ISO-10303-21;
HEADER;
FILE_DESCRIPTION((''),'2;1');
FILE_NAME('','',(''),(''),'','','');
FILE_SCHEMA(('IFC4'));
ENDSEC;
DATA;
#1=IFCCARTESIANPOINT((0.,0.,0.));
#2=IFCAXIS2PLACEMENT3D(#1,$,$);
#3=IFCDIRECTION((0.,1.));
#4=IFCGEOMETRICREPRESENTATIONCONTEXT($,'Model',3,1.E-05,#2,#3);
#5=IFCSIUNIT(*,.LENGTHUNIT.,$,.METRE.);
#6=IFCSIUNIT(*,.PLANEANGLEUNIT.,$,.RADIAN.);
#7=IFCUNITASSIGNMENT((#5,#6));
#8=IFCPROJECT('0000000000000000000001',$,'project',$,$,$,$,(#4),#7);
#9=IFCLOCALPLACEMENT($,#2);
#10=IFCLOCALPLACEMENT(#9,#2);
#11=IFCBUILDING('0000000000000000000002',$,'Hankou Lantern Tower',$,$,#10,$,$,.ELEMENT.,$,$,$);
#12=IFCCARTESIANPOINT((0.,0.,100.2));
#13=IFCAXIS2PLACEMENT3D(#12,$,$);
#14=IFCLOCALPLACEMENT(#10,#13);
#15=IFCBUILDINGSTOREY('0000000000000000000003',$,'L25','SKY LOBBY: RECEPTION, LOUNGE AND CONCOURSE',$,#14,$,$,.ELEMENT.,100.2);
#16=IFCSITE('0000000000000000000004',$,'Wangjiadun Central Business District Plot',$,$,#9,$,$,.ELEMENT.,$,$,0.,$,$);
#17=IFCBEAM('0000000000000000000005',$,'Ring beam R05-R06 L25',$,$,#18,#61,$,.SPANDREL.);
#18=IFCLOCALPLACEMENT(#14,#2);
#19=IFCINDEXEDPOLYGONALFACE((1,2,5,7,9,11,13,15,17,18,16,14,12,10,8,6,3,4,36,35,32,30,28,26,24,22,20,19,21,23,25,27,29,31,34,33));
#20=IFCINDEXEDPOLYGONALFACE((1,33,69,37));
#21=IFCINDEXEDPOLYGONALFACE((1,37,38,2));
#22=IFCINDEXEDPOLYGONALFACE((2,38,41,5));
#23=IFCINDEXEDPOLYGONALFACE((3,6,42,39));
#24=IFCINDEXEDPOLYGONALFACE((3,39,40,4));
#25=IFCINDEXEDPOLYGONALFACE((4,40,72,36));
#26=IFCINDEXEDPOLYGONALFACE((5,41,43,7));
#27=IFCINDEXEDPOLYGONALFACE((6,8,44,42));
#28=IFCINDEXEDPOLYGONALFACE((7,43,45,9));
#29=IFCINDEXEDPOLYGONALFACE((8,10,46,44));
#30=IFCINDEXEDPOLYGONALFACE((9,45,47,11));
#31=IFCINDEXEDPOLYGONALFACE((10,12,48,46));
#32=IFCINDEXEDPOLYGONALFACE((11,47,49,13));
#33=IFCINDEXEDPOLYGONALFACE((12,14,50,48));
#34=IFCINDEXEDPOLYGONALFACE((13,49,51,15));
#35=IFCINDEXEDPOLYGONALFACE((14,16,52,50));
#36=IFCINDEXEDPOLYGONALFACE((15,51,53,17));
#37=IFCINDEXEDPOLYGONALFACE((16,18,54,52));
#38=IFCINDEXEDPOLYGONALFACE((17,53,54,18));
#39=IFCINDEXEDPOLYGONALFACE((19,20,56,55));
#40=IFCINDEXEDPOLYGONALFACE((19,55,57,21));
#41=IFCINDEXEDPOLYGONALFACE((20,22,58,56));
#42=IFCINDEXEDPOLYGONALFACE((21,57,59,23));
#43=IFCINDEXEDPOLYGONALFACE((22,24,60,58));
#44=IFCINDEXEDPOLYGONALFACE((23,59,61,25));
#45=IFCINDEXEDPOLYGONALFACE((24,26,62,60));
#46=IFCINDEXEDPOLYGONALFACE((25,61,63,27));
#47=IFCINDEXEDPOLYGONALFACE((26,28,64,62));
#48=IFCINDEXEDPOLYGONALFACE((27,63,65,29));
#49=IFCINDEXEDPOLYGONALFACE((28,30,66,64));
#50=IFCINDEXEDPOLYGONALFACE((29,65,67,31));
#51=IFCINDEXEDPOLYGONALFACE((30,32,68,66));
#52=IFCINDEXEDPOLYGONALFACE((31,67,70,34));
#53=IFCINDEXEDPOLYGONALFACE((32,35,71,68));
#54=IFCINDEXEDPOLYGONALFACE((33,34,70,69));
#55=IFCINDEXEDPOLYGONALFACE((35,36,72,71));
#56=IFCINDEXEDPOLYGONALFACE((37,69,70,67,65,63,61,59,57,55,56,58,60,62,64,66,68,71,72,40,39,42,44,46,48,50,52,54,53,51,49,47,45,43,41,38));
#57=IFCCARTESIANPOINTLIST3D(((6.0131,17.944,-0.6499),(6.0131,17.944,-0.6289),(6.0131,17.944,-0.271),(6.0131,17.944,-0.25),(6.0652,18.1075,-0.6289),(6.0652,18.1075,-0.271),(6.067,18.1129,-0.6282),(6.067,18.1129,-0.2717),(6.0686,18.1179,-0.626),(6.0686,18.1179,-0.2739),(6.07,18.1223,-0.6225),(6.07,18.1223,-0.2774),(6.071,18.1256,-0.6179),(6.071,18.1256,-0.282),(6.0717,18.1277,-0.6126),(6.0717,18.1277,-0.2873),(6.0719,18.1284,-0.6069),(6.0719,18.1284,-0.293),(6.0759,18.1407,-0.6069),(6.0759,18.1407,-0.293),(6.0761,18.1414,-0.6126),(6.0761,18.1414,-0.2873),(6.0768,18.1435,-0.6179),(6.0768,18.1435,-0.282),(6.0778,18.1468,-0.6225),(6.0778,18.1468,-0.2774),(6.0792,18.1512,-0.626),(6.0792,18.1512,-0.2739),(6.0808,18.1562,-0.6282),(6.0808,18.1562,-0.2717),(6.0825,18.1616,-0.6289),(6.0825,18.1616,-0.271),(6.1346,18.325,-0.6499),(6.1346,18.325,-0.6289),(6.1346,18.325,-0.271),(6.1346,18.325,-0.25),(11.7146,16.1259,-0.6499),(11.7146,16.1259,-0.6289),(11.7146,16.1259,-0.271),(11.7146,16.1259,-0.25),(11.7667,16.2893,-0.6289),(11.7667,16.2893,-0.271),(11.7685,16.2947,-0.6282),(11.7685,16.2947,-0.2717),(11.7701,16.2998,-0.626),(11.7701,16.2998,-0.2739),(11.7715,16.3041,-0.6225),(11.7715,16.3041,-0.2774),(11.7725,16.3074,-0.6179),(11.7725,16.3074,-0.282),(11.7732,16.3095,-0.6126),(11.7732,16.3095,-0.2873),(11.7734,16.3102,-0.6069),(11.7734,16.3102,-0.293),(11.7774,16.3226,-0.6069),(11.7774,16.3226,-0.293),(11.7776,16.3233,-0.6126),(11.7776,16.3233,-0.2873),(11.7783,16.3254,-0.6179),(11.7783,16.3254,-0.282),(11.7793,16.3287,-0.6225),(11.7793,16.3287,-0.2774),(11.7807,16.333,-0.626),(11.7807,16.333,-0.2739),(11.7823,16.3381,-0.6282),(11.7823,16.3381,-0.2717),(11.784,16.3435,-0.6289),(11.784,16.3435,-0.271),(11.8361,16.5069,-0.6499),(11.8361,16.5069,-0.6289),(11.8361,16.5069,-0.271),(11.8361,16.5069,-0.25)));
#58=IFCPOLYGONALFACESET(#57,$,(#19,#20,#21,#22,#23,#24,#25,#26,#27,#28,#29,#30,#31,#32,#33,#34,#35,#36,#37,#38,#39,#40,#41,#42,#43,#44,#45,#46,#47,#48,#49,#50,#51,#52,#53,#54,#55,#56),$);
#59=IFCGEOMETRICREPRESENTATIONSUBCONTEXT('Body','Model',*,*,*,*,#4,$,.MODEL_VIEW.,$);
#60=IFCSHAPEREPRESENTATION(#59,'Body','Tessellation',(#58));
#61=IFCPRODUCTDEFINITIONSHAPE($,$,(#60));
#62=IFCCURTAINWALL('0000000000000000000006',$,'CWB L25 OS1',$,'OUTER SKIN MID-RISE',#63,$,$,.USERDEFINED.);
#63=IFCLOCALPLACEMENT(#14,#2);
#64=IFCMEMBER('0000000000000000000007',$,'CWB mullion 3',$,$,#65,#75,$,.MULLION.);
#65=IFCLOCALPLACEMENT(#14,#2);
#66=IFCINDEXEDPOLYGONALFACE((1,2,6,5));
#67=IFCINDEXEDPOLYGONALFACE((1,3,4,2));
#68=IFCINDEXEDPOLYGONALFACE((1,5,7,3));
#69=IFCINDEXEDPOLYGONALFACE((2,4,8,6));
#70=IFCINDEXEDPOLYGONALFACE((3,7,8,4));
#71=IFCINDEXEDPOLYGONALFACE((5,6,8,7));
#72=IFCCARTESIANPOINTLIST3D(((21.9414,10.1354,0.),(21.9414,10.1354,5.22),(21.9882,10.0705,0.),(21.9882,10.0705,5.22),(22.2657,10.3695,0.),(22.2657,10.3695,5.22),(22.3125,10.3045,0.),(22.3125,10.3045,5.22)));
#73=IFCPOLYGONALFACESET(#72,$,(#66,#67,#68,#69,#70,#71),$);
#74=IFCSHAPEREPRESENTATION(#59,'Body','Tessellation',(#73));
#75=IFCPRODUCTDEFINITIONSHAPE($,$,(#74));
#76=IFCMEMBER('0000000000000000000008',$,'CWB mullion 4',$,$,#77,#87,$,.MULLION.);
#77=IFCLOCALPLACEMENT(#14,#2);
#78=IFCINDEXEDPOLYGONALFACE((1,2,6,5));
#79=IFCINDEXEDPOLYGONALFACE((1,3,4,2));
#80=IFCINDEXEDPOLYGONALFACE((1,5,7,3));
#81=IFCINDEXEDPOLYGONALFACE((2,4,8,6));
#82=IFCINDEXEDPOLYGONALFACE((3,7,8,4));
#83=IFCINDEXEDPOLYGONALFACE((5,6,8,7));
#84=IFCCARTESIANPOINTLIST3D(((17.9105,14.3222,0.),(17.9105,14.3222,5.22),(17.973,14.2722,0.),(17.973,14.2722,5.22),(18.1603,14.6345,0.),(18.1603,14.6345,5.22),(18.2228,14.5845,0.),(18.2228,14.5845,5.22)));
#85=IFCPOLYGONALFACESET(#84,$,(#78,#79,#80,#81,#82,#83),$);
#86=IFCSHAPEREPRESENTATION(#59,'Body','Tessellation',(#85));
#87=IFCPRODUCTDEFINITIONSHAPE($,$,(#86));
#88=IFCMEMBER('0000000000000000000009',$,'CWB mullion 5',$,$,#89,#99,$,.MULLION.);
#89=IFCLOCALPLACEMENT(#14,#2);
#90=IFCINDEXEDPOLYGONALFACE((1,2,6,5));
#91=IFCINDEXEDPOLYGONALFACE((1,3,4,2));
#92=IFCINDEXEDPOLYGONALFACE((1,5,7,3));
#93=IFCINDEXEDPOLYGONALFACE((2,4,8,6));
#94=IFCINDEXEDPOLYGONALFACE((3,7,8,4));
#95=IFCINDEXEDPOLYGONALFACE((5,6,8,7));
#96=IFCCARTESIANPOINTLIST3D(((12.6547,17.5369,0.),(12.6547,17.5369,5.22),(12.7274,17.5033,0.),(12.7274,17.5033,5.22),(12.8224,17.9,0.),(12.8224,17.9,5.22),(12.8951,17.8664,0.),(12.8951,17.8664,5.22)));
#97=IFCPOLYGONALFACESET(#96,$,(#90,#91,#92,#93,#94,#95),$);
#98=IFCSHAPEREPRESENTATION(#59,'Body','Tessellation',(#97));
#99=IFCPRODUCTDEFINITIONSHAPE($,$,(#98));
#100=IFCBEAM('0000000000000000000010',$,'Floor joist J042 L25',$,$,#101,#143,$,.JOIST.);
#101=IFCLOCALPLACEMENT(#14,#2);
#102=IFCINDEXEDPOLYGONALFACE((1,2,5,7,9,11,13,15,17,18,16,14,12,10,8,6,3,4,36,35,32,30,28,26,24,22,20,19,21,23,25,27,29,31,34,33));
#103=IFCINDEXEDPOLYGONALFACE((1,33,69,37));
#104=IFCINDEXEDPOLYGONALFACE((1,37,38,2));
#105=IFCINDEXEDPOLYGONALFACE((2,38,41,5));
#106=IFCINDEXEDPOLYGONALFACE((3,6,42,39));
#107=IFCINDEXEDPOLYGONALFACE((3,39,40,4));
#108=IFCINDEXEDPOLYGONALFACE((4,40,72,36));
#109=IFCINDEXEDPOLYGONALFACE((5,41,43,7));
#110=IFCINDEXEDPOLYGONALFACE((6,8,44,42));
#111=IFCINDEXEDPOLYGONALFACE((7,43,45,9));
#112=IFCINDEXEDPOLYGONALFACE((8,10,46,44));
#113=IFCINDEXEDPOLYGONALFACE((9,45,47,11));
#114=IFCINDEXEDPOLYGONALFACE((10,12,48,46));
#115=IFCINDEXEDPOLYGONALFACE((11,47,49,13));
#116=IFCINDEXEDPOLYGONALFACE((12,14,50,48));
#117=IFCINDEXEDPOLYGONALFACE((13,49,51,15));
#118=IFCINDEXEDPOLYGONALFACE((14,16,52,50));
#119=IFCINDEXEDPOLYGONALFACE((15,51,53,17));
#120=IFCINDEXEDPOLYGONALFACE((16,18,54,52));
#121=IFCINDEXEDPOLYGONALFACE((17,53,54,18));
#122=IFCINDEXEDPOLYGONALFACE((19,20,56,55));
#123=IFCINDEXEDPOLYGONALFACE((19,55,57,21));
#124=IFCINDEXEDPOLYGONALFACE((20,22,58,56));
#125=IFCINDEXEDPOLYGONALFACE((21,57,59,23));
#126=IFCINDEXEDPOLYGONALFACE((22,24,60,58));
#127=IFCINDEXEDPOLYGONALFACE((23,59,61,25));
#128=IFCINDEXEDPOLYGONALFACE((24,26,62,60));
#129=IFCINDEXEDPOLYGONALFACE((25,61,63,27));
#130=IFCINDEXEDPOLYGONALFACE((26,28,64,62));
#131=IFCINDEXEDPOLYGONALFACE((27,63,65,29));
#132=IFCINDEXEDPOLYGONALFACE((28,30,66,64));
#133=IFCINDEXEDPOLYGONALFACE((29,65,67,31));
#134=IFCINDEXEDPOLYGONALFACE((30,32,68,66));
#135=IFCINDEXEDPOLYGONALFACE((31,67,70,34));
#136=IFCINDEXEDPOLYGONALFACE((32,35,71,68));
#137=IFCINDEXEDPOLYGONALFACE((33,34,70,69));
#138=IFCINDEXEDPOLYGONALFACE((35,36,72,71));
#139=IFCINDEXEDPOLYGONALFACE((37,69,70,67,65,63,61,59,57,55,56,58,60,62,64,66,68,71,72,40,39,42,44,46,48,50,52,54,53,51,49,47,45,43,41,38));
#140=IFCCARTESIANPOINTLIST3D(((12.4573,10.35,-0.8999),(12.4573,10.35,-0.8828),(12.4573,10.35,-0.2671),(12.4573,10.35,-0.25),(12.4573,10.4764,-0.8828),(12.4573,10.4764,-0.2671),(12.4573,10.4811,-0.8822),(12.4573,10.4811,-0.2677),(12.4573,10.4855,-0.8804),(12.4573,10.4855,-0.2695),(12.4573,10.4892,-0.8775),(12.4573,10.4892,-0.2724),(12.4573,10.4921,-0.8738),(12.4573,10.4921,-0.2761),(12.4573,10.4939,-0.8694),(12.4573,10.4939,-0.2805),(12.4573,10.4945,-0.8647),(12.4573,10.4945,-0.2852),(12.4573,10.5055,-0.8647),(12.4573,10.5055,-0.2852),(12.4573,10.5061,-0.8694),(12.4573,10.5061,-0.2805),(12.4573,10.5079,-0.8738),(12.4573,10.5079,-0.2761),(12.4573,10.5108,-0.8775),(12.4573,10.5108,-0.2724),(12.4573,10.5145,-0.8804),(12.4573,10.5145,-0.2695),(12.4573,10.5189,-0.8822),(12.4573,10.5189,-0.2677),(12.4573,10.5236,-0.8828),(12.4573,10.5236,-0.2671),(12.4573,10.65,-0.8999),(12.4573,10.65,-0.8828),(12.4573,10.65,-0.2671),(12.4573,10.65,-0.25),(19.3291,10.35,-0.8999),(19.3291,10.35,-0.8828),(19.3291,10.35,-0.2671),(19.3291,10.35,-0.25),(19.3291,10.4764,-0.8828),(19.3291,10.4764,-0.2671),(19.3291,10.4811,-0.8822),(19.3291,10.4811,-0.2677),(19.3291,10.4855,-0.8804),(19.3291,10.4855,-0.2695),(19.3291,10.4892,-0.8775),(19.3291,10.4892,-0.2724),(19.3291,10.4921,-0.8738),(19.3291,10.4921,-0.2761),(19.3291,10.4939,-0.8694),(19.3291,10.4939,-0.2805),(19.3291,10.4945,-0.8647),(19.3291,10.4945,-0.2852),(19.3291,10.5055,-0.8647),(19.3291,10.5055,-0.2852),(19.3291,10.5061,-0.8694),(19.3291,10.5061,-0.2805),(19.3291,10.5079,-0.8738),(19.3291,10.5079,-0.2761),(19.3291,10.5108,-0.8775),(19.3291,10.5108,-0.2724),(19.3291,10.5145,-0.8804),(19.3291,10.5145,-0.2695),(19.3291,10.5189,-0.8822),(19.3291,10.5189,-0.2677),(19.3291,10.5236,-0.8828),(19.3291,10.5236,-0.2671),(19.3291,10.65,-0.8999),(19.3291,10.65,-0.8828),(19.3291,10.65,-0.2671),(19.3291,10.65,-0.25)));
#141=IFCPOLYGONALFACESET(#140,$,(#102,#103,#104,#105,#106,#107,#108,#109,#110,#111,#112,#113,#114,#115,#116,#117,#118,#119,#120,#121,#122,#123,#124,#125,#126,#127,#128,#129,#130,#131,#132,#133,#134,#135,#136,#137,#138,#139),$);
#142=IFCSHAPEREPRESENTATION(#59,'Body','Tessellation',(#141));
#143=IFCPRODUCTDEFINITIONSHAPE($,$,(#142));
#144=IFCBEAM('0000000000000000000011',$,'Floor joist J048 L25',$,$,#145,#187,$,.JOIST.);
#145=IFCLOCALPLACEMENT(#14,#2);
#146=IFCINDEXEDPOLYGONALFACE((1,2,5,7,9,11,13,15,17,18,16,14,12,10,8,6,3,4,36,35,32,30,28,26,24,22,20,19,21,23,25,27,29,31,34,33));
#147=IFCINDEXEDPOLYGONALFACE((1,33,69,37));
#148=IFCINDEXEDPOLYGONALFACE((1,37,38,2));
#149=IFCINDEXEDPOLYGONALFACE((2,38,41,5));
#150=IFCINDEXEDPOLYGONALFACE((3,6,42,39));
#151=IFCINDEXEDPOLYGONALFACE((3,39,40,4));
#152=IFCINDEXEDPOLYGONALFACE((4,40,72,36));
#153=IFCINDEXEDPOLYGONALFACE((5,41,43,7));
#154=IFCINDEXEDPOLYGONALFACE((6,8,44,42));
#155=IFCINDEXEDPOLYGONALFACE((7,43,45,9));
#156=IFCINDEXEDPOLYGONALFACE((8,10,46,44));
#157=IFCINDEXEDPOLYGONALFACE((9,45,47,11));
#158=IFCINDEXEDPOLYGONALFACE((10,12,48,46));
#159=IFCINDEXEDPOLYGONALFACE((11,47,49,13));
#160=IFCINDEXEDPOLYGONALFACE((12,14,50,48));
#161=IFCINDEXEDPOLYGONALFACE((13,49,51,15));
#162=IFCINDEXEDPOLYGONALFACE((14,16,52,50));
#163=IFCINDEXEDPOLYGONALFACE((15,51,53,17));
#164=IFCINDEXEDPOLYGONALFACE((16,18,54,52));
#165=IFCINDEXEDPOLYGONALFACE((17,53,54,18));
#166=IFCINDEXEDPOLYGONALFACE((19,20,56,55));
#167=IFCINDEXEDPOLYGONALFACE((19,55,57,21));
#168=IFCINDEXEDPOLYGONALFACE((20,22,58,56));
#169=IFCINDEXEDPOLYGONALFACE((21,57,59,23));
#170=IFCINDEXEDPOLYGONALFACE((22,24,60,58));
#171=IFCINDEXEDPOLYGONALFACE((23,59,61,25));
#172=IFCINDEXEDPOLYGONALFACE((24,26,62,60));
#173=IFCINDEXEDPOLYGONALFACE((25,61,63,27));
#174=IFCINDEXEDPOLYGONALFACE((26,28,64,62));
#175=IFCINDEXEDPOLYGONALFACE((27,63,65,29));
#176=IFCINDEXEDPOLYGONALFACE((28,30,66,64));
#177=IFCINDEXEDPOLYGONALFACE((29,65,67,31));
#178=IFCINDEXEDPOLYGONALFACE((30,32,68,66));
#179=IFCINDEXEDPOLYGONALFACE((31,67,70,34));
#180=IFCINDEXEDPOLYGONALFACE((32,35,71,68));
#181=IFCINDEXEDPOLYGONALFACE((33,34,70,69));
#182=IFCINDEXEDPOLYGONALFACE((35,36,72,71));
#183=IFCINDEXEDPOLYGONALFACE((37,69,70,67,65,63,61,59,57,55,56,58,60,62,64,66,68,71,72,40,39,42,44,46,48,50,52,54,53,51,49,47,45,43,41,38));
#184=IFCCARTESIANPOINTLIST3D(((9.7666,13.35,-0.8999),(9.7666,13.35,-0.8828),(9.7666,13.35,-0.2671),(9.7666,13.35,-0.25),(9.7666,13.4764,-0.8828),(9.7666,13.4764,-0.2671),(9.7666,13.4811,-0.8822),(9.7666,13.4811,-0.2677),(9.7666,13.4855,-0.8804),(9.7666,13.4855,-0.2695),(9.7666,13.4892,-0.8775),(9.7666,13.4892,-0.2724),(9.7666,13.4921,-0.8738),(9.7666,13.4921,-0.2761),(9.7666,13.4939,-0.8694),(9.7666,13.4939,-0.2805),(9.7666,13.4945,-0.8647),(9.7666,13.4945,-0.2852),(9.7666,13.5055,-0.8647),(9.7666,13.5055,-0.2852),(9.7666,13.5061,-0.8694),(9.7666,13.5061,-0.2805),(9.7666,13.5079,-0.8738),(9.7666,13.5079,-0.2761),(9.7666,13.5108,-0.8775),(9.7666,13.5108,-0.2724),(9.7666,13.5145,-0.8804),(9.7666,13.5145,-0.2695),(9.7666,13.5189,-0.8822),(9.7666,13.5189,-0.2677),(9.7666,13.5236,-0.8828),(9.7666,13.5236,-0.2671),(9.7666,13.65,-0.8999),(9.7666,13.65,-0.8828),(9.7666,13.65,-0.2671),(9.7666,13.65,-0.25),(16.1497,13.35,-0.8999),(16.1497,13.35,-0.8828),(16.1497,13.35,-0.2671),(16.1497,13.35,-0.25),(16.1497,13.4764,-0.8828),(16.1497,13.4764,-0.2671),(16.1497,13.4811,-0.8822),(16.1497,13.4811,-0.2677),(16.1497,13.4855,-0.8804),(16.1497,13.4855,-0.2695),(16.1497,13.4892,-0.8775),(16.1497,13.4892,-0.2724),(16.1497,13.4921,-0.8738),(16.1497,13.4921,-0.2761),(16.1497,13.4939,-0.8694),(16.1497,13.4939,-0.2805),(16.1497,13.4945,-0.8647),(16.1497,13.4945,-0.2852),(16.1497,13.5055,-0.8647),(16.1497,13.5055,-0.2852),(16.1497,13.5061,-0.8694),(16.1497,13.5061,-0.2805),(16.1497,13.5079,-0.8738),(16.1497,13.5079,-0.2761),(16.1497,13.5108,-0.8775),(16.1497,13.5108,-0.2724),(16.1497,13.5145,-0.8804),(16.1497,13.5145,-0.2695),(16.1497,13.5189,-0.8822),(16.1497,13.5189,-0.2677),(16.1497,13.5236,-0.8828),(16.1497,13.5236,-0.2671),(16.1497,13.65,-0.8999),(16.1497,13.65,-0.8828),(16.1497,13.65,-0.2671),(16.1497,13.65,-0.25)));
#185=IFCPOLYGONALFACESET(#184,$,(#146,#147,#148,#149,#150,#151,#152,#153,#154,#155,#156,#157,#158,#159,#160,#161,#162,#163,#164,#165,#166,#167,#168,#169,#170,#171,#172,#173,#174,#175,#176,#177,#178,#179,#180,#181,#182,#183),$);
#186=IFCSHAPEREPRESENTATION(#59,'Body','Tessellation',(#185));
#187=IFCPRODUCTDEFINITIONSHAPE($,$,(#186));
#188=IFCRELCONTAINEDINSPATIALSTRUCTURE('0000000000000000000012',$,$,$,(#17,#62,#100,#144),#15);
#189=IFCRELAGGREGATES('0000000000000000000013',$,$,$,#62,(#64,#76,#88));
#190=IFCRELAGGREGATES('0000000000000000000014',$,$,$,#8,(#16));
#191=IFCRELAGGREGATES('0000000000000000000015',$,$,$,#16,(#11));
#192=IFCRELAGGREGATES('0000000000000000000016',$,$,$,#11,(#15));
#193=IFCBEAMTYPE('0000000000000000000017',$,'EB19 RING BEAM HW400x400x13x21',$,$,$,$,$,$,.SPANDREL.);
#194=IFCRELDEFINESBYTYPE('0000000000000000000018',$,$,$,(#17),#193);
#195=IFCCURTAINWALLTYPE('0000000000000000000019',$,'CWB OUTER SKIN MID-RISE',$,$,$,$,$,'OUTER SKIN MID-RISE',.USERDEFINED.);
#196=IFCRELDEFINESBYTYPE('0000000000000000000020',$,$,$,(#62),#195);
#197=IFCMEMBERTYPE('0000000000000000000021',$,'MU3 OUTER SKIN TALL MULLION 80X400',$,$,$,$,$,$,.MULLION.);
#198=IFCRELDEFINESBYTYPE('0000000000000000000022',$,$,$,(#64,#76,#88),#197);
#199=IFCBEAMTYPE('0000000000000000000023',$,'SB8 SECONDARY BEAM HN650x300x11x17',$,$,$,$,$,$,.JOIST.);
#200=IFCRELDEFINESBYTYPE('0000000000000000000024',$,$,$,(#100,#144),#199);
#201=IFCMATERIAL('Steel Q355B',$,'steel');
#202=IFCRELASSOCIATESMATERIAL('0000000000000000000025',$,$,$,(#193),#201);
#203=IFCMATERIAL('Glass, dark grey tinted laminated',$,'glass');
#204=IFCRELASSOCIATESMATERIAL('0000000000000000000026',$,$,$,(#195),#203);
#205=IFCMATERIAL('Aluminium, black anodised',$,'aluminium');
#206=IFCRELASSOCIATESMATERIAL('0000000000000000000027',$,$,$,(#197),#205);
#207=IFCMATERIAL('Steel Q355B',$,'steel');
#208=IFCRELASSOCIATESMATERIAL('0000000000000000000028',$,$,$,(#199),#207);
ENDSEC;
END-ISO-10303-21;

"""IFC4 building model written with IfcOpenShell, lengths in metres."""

from ifc_helpers import new_model, si_unit, direction, frame, origin, origin_2d, place, context, subcontext, project, spatial, rectangle, i_section, extrude, material, material_profile, profile_set, type_object, element, aggregate, save


model = new_model("IFC4")

# Units and contexts
model_context = context("Model", 3, precision=1e-05, world=origin(), true_north=direction((0.0, 1.0)))
body_context = subcontext(model_context, "Body", "Model", "MODEL_VIEW")
ifc_project = project(units=[si_unit("LENGTHUNIT", "METRE"), si_unit("PLANEANGLEUNIT", "RADIAN")], contexts=[model_context])

# Site, building, storey
site_placement = place(None, origin())
site = spatial("IfcSite", under=ifc_project, at=site_placement, Name="Wangjiadun Central Business District Plot", CompositionType="ELEMENT", RefElevation=0.0)
building_placement = place(site_placement, origin())
building = spatial("IfcBuilding", under=site, at=building_placement, Name="Hankou Lantern Tower", CompositionType="ELEMENT")
storey_placement = place(building_placement, frame((0.0, 0.0, 100.2)))
storey = spatial("IfcBuildingStorey", under=building, at=storey_placement, Name="L25", Description="SKY LOBBY: RECEPTION, LOUNGE AND CONCOURSE", CompositionType="ELEMENT", Elevation=100.2)

# Beam
ifc_material_1 = material(Name="Steel Q355B", Category="steel")
ifc_material_profile_1 = material_profile(ifc_material_1, i_section(OverallWidth=0.3999, OverallDepth=0.3999, WebThickness=0.0129, FlangeThickness=0.021, FilletRadius=0.022, at=origin_2d()), Name="HW400x400x13x21")
ifc_profile_set_1 = profile_set([ifc_material_profile_1], Name="Steel Q355B")
beam_type_1 = type_object("IfcBeamType", Name="EB19 RING BEAM HW400x400x13x21", PredefinedType="SPANDREL", material=ifc_profile_set_1)
beam_1_placement = place(storey_placement, frame((11.7754, 16.3164, -0.45), z_axis=(-0.952731, 0.303815, 0.0), x_axis=(-0.303815, -0.952731, 0.0)))
element("IfcBeam", 1, at=beam_1_placement, inside=storey, type_object=beam_type_1, Name="Ring beam R05-R06 L25", PredefinedType="SPANDREL", context=body_context, shape_type="SweptSolid", body=[
    extrude(i_section(OverallWidth=0.3999, OverallDepth=0.3999, WebThickness=0.0129, FlangeThickness=0.021, FilletRadius=0.022, at=origin_2d()), origin(), (0.0, 0.0, 1.0), 5.9844),
])

# Curtain wall, members
ifc_material_2 = material(Name="Glass, dark grey tinted laminated", Category="glass")
curtain_wall_type = type_object("IfcCurtainWallType", Name="CWB OUTER SKIN MID-RISE", ElementType="OUTER SKIN MID-RISE", PredefinedType="USERDEFINED", material=ifc_material_2)
curtain_wall_placement = place(storey_placement, origin())
curtain_wall = element("IfcCurtainWall", 2, at=curtain_wall_placement, inside=storey, type_object=curtain_wall_type, Name="CWB L25 OS1", ObjectType="OUTER SKIN MID-RISE", PredefinedType="USERDEFINED")
ifc_material_3 = material(Name="Aluminium, black anodised", Category="aluminium")
ifc_material_profile_2 = material_profile(ifc_material_3, rectangle(XDim=0.0801, YDim=0.3999, at=origin_2d()), Name="MU3 80X400")
ifc_profile_set_2 = profile_set([ifc_material_profile_2], Name="Aluminium, black anodised")
member_type_1 = type_object("IfcMemberType", Name="MU3 OUTER SKIN TALL MULLION 80X400", PredefinedType="MULLION", material=ifc_profile_set_2)
member_1_placement = place(storey_placement, frame((22.127, 10.22, 0.0), z_axis=(0.0, 0.0, 1.0), x_axis=(-0.585206, 0.810885, 0.0)))
member_1 = element("IfcMember", 3, at=member_1_placement, type_object=member_type_1, Name="CWB mullion 3", PredefinedType="MULLION", context=body_context, shape_type="SweptSolid", body=[
    extrude(rectangle(XDim=0.0801, YDim=0.3999, at=origin_2d()), origin(), (0.0, 0.0, 1.0), 5.22),
])
member_2_placement = place(storey_placement, frame((18.0667, 14.4534, 0.0), z_axis=(0.0, 0.0, 1.0), x_axis=(-0.780869, 0.624695, 0.0)))
member_2 = element("IfcMember", 4, at=member_2_placement, type_object=member_type_1, Name="CWB mullion 4", PredefinedType="MULLION", context=body_context, shape_type="SweptSolid", body=[
    extrude(rectangle(XDim=0.0801, YDim=0.3999, at=origin_2d()), origin(), (0.0, 0.0, 1.0), 5.22),
])
member_3_placement = place(storey_placement, frame((12.7749, 17.7017, 0.0), z_axis=(0.0, 0.0, 1.0), x_axis=(-0.907841, 0.419314, 0.0)))
member_3 = element("IfcMember", 5, at=member_3_placement, type_object=member_type_1, Name="CWB mullion 5", PredefinedType="MULLION", context=body_context, shape_type="SweptSolid", body=[
    extrude(rectangle(XDim=0.0801, YDim=0.3999, at=origin_2d()), origin(), (0.0, 0.0, 1.0), 5.22),
])

# Beams
ifc_material_4 = material(Name="Steel Q355B", Category="steel")
ifc_material_profile_3 = material_profile(ifc_material_4, i_section(OverallWidth=0.3, OverallDepth=0.6499, WebThickness=0.011, FlangeThickness=0.0171, FilletRadius=0.0181, at=origin_2d()), Name="HN650x300x11x17")
ifc_profile_set_3 = profile_set([ifc_material_profile_3], Name="Steel Q355B")
beam_type_2 = type_object("IfcBeamType", Name="SB8 SECONDARY BEAM HN650x300x11x17", PredefinedType="JOIST", material=ifc_profile_set_3)
beam_2_placement = place(storey_placement, frame((12.4573, 10.5, -0.575), z_axis=(1.0, 0.0, 0.0), x_axis=(0.0, 1.0, 0.0)))
element("IfcBeam", 6, at=beam_2_placement, inside=storey, type_object=beam_type_2, Name="Floor joist J042 L25", PredefinedType="JOIST", context=body_context, shape_type="SweptSolid", body=[
    extrude(i_section(OverallWidth=0.3, OverallDepth=0.6499, WebThickness=0.011, FlangeThickness=0.0171, FilletRadius=0.0181, at=origin_2d()), origin(), (0.0, 0.0, 1.0), 6.8718),
])
beam_3_placement = place(storey_placement, frame((9.7666, 13.5, -0.575), z_axis=(1.0, 0.0, 0.0), x_axis=(0.0, 1.0, 0.0)))
element("IfcBeam", 7, at=beam_3_placement, inside=storey, type_object=beam_type_2, Name="Floor joist J048 L25", PredefinedType="JOIST", context=body_context, shape_type="SweptSolid", body=[
    extrude(i_section(OverallWidth=0.3, OverallDepth=0.6499, WebThickness=0.011, FlangeThickness=0.0171, FilletRadius=0.0181, at=origin_2d()), origin(), (0.0, 0.0, 1.0), 6.3831),
])

aggregate(curtain_wall, [member_1, member_2, member_3])

save(model, "model.ifc")
